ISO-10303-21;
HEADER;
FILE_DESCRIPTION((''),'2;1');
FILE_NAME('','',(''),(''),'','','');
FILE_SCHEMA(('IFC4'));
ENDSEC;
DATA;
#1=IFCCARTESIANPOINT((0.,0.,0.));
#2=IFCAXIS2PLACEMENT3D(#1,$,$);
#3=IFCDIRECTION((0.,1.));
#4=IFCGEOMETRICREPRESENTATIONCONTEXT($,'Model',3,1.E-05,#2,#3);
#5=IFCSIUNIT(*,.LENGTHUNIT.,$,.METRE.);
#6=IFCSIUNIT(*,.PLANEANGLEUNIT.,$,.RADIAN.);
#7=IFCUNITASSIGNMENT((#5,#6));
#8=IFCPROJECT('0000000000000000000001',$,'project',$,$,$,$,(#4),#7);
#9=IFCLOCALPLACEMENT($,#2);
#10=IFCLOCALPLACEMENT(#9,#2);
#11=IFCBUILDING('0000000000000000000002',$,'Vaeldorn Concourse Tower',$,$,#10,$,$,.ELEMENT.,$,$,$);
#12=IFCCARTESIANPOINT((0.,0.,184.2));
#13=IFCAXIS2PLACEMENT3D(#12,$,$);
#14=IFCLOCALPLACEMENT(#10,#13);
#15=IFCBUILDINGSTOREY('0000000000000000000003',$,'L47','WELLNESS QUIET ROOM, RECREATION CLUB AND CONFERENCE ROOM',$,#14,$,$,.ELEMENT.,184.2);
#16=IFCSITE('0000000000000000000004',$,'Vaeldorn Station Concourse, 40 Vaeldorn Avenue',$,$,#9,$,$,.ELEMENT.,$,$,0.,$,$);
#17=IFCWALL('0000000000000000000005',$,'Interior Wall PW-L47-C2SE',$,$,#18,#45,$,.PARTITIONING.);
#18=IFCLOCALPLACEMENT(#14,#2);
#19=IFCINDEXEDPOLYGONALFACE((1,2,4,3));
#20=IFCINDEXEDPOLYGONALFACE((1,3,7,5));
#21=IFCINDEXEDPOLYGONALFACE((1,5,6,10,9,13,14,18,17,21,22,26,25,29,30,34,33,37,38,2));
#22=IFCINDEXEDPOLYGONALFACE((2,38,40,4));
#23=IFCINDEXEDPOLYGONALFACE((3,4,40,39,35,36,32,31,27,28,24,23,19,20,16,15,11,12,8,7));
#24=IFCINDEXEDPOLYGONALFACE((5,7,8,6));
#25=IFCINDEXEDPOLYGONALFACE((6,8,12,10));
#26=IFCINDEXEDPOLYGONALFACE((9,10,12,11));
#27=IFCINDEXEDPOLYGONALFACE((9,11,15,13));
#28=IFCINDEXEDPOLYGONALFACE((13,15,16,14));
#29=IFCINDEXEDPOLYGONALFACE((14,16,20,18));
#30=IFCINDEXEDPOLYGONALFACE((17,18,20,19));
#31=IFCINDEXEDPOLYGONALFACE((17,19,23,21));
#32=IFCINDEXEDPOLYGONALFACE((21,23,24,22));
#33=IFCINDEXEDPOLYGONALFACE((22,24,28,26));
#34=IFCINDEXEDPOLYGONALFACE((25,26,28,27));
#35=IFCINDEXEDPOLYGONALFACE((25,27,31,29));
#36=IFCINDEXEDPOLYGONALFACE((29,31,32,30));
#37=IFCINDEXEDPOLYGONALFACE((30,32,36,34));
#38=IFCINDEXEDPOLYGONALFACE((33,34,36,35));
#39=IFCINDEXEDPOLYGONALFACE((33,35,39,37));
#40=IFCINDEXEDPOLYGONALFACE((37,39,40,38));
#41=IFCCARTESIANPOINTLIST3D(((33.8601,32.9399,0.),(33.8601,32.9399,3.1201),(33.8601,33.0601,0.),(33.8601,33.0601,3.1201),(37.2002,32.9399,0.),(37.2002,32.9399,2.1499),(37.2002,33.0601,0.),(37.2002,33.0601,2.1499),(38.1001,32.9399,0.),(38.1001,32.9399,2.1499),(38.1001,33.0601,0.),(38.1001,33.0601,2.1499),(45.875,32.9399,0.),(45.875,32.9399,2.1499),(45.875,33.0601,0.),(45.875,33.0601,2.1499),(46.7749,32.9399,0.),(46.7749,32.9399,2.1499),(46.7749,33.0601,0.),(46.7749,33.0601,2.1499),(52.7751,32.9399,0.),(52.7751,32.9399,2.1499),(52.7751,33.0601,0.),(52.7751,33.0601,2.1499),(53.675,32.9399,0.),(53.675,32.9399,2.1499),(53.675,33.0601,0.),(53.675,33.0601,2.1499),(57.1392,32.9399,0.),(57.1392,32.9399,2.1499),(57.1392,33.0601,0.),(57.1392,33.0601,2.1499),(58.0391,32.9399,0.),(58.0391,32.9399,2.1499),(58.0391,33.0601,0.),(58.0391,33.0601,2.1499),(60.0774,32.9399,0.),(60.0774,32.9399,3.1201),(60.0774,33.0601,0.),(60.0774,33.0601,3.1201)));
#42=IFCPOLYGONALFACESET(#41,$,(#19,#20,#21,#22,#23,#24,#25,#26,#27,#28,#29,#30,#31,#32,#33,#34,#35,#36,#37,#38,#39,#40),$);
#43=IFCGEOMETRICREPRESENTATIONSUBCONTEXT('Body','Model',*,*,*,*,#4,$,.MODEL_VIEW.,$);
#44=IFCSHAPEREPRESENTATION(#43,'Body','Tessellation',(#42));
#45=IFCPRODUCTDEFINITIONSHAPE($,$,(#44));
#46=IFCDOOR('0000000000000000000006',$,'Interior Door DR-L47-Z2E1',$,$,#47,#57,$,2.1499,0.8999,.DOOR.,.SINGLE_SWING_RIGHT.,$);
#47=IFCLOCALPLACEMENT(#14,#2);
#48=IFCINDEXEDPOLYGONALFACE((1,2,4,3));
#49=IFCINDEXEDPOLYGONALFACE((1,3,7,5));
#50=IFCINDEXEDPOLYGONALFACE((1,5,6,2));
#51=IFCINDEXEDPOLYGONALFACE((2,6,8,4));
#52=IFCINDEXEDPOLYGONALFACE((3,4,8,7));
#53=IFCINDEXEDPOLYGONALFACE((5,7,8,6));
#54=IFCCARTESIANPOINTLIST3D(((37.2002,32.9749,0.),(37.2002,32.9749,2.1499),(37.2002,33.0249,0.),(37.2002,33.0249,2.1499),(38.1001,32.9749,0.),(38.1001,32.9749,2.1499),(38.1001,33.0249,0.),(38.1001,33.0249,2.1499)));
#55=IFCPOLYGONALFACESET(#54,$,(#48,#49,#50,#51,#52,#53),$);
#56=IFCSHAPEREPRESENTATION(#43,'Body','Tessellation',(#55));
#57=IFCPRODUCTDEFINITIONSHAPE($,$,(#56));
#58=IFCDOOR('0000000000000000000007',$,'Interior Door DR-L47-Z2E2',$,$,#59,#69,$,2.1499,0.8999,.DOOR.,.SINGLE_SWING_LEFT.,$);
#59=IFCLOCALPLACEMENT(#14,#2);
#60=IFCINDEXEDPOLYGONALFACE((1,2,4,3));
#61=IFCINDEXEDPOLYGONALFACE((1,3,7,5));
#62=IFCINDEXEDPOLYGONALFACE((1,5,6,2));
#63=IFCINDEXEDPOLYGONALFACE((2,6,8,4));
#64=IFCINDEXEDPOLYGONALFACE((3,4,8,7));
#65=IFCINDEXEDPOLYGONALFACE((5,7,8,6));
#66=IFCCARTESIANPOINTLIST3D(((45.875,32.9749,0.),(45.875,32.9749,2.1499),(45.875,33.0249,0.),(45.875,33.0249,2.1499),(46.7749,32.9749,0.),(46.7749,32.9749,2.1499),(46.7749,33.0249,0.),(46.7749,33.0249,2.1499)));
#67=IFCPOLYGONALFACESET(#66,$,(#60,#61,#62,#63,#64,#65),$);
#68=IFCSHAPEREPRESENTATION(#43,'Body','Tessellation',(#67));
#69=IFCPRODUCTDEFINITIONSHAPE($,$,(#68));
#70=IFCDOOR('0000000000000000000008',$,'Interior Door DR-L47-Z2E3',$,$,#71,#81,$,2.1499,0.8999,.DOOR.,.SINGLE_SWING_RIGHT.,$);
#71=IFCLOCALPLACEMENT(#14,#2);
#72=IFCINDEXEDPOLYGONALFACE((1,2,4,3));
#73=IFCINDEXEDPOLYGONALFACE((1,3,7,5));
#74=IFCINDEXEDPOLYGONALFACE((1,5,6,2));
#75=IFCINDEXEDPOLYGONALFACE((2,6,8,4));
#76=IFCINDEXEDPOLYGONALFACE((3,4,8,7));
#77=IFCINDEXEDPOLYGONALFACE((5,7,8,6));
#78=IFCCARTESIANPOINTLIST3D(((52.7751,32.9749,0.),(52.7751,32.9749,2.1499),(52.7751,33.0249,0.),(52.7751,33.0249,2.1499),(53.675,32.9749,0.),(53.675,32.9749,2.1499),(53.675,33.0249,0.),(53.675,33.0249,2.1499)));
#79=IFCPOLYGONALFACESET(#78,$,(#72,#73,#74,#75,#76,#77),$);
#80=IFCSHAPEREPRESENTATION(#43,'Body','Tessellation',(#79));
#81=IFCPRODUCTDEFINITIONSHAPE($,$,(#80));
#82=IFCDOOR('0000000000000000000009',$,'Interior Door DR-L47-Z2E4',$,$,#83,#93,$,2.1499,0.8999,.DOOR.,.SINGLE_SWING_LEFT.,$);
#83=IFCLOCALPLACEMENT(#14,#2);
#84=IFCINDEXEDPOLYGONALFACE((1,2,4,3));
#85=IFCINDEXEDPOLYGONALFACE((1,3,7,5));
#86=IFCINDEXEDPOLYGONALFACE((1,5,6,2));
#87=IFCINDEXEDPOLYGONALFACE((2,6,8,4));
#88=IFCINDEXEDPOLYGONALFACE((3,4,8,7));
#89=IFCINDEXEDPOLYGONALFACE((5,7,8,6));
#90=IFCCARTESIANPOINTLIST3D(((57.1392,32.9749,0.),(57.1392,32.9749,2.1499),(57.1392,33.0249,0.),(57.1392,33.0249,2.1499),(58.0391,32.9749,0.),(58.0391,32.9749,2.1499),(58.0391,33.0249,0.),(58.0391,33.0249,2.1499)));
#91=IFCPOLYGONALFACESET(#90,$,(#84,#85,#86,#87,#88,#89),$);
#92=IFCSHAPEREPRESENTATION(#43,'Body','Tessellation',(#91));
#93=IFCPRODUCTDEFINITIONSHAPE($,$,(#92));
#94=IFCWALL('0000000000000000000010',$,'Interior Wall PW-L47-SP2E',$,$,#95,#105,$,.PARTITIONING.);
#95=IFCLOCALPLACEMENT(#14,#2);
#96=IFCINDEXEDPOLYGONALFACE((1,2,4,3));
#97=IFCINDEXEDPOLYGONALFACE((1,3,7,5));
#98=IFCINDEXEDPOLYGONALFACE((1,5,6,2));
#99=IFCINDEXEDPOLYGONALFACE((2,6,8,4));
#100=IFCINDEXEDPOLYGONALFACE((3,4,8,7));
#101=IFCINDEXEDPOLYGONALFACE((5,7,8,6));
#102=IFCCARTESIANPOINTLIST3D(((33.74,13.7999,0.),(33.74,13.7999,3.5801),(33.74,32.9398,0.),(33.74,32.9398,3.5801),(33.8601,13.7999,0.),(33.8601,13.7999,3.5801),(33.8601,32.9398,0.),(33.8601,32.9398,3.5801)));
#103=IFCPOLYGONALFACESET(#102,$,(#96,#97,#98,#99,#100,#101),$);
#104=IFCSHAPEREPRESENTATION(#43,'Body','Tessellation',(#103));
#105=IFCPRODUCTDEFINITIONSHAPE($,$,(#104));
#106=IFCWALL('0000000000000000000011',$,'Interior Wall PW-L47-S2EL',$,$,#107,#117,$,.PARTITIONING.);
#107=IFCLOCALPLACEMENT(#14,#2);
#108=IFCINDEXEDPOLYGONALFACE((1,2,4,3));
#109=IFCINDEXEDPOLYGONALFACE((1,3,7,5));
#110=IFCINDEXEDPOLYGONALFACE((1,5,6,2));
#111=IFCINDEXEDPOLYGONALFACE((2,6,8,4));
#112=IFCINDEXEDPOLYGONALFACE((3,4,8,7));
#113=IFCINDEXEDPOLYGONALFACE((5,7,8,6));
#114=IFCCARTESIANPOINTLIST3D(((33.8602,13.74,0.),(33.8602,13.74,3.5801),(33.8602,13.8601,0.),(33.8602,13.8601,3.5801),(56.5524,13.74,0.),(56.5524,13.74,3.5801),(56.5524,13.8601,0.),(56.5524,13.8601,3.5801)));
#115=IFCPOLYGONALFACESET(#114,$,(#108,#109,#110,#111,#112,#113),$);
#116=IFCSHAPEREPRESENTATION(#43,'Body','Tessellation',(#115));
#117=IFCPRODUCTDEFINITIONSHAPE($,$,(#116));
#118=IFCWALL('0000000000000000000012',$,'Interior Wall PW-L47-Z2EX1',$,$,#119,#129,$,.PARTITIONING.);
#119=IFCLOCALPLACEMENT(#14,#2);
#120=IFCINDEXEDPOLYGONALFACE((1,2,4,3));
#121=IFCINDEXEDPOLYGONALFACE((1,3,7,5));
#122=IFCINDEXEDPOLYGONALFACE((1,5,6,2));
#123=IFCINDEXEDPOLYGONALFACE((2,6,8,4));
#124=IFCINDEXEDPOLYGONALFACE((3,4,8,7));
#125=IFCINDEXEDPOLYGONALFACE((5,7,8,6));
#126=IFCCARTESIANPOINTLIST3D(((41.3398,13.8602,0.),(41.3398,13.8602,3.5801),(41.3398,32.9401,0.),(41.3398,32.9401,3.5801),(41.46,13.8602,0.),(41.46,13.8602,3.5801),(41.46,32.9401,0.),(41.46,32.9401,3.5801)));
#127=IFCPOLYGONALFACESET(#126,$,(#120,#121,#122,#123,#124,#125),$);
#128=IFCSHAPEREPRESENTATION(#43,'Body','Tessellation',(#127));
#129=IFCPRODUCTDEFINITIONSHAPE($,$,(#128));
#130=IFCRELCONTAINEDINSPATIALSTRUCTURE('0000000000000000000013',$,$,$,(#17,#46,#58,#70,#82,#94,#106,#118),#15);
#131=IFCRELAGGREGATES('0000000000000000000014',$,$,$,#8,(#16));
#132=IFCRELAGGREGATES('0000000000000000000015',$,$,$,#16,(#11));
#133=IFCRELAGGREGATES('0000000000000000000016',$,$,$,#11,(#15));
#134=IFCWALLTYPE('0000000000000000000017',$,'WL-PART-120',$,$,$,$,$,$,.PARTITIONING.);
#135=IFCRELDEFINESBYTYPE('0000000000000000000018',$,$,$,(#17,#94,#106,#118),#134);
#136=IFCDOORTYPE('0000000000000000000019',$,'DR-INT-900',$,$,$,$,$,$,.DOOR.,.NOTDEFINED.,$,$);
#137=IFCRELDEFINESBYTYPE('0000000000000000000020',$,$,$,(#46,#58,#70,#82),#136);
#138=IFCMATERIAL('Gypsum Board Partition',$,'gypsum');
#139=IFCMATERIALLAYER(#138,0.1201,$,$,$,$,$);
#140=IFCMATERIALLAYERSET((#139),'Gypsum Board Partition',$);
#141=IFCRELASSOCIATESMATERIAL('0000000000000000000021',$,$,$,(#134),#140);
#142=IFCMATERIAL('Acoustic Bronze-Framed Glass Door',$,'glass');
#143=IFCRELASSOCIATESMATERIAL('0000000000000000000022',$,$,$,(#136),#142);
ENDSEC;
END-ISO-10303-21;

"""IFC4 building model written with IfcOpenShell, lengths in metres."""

from ifc_helpers import new_model, si_unit, direction, frame, frame_2d, origin, place, context, subcontext, project, spatial, rectangle, extrude, source, transform, mapped, material, layer, layer_set, type_object, element, fill, save


model = new_model("IFC4")

# Units and contexts
model_context = context("Model", 3, precision=1e-05, world=origin(), true_north=direction((0.0, 1.0)))
body_context = subcontext(model_context, "Body", "Model", "MODEL_VIEW")
ifc_project = project(units=[si_unit("LENGTHUNIT", "METRE"), si_unit("PLANEANGLEUNIT", "RADIAN")], contexts=[model_context])

# Site, building, storey
site_placement = place(None, origin())
site = spatial("IfcSite", under=ifc_project, at=site_placement, Name="Vaeldorn Station Concourse, 40 Vaeldorn Avenue", CompositionType="ELEMENT", RefElevation=0.0)
building_placement = place(site_placement, origin())
building = spatial("IfcBuilding", under=site, at=building_placement, Name="Vaeldorn Concourse Tower", CompositionType="ELEMENT")
storey_placement = place(building_placement, frame((0.0, 0.0, 184.2)))
storey = spatial("IfcBuildingStorey", under=building, at=storey_placement, Name="L47", Description="WELLNESS QUIET ROOM, RECREATION CLUB AND CONFERENCE ROOM", CompositionType="ELEMENT", Elevation=184.2)

# Wall, openings, doors
ifc_material_1 = material(Name="Gypsum Board Partition", Category="gypsum")
ifc_layer_1 = layer(ifc_material_1, 0.1201)
ifc_layer_set_1 = layer_set([ifc_layer_1], Name="Gypsum Board Partition")
wall_type_1 = type_object("IfcWallType", Name="WL-PART-120", PredefinedType="PARTITIONING", material=ifc_layer_set_1)
wall_1_placement = place(storey_placement, frame((33.8601, 33.0, 0.0), z_axis=(0.0, 0.0, 1.0), x_axis=(1.0, 0.0, 0.0)))
wall_1 = element("IfcWall", 1, at=wall_1_placement, inside=storey, type_object=wall_type_1, Name="Interior Wall PW-L47-C2SE", PredefinedType="PARTITIONING", context=body_context, shape_type="SweptSolid", body=[
    extrude(rectangle(XDim=26.2173, YDim=0.1201, at=frame_2d((13.1086, 0.0))), origin(), (0.0, 0.0, 1.0), 3.1201),
])
opening_1_placement = place(wall_1_placement, frame((3.3401, 0.0, 0.0)))
opening_1 = element("IfcOpeningElement", 2, at=opening_1_placement, cuts=wall_1, PredefinedType="OPENING", context=body_context, shape_type="SweptSolid", body=[
    extrude(rectangle(XDim=0.8999, YDim=2.1499, at=frame_2d((0.45, 1.075))), frame((0.0, 0.0701, 0.0), z_axis=(0.0, -1.0, 0.0), x_axis=(1.0, 0.0, 0.0)), (0.0, 0.0, 1.0), 0.1401),
])
opening_2_placement = place(wall_1_placement, frame((12.0149, 0.0, 0.0)))
opening_2 = element("IfcOpeningElement", 3, at=opening_2_placement, cuts=wall_1, PredefinedType="OPENING", context=body_context, shape_type="SweptSolid", body=[
    extrude(rectangle(XDim=0.8999, YDim=2.1499, at=frame_2d((0.45, 1.075))), frame((0.0, 0.0701, 0.0), z_axis=(0.0, -1.0, 0.0), x_axis=(1.0, 0.0, 0.0)), (0.0, 0.0, 1.0), 0.1401),
])
opening_3_placement = place(wall_1_placement, frame((18.915, 0.0, 0.0)))
opening_3 = element("IfcOpeningElement", 4, at=opening_3_placement, cuts=wall_1, PredefinedType="OPENING", context=body_context, shape_type="SweptSolid", body=[
    extrude(rectangle(XDim=0.8999, YDim=2.1499, at=frame_2d((0.45, 1.075))), frame((0.0, 0.0701, 0.0), z_axis=(0.0, -1.0, 0.0), x_axis=(1.0, 0.0, 0.0)), (0.0, 0.0, 1.0), 0.1401),
])
opening_4_placement = place(wall_1_placement, frame((23.2791, 0.0, 0.0)))
opening_4 = element("IfcOpeningElement", 5, at=opening_4_placement, cuts=wall_1, PredefinedType="OPENING", context=body_context, shape_type="SweptSolid", body=[
    extrude(rectangle(XDim=0.8999, YDim=2.1499, at=frame_2d((0.45, 1.075))), frame((0.0, 0.0701, 0.0), z_axis=(0.0, -1.0, 0.0), x_axis=(1.0, 0.0, 0.0)), (0.0, 0.0, 1.0), 0.1401),
])
ifc_material_2 = material(Name="Acoustic Bronze-Framed Glass Door", Category="glass")
door_type = type_object("IfcDoorType", Name="DR-INT-900", OperationType="NOTDEFINED", PredefinedType="DOOR", material=ifc_material_2)
shared_shape_1 = source(origin(), body_context, "Body", "SweptSolid", [
    extrude(rectangle(XDim=0.8999, YDim=2.1499, at=frame_2d((0.45, 1.075))), frame((0.0, 0.0249, 0.0), z_axis=(0.0, -1.0, 0.0), x_axis=(1.0, 0.0, 0.0)), (0.0, 0.0, 1.0), 0.05),
])
door_1_placement = place(opening_1_placement, origin())
door_1 = element("IfcDoor", 6, at=door_1_placement, inside=storey, type_object=door_type, Name="Interior Door DR-L47-Z2E1", OperationType="SINGLE_SWING_RIGHT", OverallHeight=2.1499, OverallWidth=0.8999, PredefinedType="DOOR", context=body_context, shape_type="MappedRepresentation", body=[
    mapped(shared_shape_1, transform((0.0, 0.0, 0.0), scale=1.0)),
])
fill(opening_1, door_1)
door_2_placement = place(opening_2_placement, origin())
door_2 = element("IfcDoor", 7, at=door_2_placement, inside=storey, type_object=door_type, Name="Interior Door DR-L47-Z2E2", OperationType="SINGLE_SWING_LEFT", OverallHeight=2.1499, OverallWidth=0.8999, PredefinedType="DOOR", context=body_context, shape_type="MappedRepresentation", body=[
    mapped(shared_shape_1, transform((0.0, 0.0, 0.0), scale=1.0)),
])
fill(opening_2, door_2)
door_3_placement = place(opening_3_placement, origin())
door_3 = element("IfcDoor", 8, at=door_3_placement, inside=storey, type_object=door_type, Name="Interior Door DR-L47-Z2E3", OperationType="SINGLE_SWING_RIGHT", OverallHeight=2.1499, OverallWidth=0.8999, PredefinedType="DOOR", context=body_context, shape_type="MappedRepresentation", body=[
    mapped(shared_shape_1, transform((0.0, 0.0, 0.0), scale=1.0)),
])
fill(opening_3, door_3)
door_4_placement = place(opening_4_placement, origin())
door_4 = element("IfcDoor", 9, at=door_4_placement, inside=storey, type_object=door_type, Name="Interior Door DR-L47-Z2E4", OperationType="SINGLE_SWING_LEFT", OverallHeight=2.1499, OverallWidth=0.8999, PredefinedType="DOOR", context=body_context, shape_type="MappedRepresentation", body=[
    mapped(shared_shape_1, transform((0.0, 0.0, 0.0), scale=1.0)),
])
fill(opening_4, door_4)

# Wall
wall_2_placement = place(storey_placement, frame((33.8, 13.8, 0.0), z_axis=(0.0, 0.0, 1.0), x_axis=(0.0, 1.0, 0.0)))
element("IfcWall", 10, at=wall_2_placement, inside=storey, type_object=wall_type_1, Name="Interior Wall PW-L47-SP2E", PredefinedType="PARTITIONING", context=body_context, shape_type="SweptSolid", body=[
    extrude(rectangle(XDim=19.1399, YDim=0.1201, at=frame_2d((9.5698, 0.0))), origin(), (0.0, 0.0, 1.0), 3.5801),
])

# Walls
wall_3_placement = place(storey_placement, frame((33.8601, 13.8, 0.0), z_axis=(0.0, 0.0, 1.0), x_axis=(1.0, 0.0, 0.0)))
element("IfcWall", 11, at=wall_3_placement, inside=storey, type_object=wall_type_1, Name="Interior Wall PW-L47-S2EL", PredefinedType="PARTITIONING", context=body_context, shape_type="SweptSolid", body=[
    extrude(rectangle(XDim=22.6921, YDim=0.1201, at=frame_2d((11.3462, 0.0))), origin(), (0.0, 0.0, 1.0), 3.5801),
])
wall_4_placement = place(storey_placement, frame((41.3999, 13.8601, 0.0), z_axis=(0.0, 0.0, 1.0), x_axis=(0.0, 1.0, 0.0)))
element("IfcWall", 12, at=wall_4_placement, inside=storey, type_object=wall_type_1, Name="Interior Wall PW-L47-Z2EX1", PredefinedType="PARTITIONING", context=body_context, shape_type="SweptSolid", body=[
    extrude(rectangle(XDim=19.0798, YDim=0.1201, at=frame_2d((9.54, 0.0))), origin(), (0.0, 0.0, 1.0), 3.5801),
])

save(model, "model.ifc")
